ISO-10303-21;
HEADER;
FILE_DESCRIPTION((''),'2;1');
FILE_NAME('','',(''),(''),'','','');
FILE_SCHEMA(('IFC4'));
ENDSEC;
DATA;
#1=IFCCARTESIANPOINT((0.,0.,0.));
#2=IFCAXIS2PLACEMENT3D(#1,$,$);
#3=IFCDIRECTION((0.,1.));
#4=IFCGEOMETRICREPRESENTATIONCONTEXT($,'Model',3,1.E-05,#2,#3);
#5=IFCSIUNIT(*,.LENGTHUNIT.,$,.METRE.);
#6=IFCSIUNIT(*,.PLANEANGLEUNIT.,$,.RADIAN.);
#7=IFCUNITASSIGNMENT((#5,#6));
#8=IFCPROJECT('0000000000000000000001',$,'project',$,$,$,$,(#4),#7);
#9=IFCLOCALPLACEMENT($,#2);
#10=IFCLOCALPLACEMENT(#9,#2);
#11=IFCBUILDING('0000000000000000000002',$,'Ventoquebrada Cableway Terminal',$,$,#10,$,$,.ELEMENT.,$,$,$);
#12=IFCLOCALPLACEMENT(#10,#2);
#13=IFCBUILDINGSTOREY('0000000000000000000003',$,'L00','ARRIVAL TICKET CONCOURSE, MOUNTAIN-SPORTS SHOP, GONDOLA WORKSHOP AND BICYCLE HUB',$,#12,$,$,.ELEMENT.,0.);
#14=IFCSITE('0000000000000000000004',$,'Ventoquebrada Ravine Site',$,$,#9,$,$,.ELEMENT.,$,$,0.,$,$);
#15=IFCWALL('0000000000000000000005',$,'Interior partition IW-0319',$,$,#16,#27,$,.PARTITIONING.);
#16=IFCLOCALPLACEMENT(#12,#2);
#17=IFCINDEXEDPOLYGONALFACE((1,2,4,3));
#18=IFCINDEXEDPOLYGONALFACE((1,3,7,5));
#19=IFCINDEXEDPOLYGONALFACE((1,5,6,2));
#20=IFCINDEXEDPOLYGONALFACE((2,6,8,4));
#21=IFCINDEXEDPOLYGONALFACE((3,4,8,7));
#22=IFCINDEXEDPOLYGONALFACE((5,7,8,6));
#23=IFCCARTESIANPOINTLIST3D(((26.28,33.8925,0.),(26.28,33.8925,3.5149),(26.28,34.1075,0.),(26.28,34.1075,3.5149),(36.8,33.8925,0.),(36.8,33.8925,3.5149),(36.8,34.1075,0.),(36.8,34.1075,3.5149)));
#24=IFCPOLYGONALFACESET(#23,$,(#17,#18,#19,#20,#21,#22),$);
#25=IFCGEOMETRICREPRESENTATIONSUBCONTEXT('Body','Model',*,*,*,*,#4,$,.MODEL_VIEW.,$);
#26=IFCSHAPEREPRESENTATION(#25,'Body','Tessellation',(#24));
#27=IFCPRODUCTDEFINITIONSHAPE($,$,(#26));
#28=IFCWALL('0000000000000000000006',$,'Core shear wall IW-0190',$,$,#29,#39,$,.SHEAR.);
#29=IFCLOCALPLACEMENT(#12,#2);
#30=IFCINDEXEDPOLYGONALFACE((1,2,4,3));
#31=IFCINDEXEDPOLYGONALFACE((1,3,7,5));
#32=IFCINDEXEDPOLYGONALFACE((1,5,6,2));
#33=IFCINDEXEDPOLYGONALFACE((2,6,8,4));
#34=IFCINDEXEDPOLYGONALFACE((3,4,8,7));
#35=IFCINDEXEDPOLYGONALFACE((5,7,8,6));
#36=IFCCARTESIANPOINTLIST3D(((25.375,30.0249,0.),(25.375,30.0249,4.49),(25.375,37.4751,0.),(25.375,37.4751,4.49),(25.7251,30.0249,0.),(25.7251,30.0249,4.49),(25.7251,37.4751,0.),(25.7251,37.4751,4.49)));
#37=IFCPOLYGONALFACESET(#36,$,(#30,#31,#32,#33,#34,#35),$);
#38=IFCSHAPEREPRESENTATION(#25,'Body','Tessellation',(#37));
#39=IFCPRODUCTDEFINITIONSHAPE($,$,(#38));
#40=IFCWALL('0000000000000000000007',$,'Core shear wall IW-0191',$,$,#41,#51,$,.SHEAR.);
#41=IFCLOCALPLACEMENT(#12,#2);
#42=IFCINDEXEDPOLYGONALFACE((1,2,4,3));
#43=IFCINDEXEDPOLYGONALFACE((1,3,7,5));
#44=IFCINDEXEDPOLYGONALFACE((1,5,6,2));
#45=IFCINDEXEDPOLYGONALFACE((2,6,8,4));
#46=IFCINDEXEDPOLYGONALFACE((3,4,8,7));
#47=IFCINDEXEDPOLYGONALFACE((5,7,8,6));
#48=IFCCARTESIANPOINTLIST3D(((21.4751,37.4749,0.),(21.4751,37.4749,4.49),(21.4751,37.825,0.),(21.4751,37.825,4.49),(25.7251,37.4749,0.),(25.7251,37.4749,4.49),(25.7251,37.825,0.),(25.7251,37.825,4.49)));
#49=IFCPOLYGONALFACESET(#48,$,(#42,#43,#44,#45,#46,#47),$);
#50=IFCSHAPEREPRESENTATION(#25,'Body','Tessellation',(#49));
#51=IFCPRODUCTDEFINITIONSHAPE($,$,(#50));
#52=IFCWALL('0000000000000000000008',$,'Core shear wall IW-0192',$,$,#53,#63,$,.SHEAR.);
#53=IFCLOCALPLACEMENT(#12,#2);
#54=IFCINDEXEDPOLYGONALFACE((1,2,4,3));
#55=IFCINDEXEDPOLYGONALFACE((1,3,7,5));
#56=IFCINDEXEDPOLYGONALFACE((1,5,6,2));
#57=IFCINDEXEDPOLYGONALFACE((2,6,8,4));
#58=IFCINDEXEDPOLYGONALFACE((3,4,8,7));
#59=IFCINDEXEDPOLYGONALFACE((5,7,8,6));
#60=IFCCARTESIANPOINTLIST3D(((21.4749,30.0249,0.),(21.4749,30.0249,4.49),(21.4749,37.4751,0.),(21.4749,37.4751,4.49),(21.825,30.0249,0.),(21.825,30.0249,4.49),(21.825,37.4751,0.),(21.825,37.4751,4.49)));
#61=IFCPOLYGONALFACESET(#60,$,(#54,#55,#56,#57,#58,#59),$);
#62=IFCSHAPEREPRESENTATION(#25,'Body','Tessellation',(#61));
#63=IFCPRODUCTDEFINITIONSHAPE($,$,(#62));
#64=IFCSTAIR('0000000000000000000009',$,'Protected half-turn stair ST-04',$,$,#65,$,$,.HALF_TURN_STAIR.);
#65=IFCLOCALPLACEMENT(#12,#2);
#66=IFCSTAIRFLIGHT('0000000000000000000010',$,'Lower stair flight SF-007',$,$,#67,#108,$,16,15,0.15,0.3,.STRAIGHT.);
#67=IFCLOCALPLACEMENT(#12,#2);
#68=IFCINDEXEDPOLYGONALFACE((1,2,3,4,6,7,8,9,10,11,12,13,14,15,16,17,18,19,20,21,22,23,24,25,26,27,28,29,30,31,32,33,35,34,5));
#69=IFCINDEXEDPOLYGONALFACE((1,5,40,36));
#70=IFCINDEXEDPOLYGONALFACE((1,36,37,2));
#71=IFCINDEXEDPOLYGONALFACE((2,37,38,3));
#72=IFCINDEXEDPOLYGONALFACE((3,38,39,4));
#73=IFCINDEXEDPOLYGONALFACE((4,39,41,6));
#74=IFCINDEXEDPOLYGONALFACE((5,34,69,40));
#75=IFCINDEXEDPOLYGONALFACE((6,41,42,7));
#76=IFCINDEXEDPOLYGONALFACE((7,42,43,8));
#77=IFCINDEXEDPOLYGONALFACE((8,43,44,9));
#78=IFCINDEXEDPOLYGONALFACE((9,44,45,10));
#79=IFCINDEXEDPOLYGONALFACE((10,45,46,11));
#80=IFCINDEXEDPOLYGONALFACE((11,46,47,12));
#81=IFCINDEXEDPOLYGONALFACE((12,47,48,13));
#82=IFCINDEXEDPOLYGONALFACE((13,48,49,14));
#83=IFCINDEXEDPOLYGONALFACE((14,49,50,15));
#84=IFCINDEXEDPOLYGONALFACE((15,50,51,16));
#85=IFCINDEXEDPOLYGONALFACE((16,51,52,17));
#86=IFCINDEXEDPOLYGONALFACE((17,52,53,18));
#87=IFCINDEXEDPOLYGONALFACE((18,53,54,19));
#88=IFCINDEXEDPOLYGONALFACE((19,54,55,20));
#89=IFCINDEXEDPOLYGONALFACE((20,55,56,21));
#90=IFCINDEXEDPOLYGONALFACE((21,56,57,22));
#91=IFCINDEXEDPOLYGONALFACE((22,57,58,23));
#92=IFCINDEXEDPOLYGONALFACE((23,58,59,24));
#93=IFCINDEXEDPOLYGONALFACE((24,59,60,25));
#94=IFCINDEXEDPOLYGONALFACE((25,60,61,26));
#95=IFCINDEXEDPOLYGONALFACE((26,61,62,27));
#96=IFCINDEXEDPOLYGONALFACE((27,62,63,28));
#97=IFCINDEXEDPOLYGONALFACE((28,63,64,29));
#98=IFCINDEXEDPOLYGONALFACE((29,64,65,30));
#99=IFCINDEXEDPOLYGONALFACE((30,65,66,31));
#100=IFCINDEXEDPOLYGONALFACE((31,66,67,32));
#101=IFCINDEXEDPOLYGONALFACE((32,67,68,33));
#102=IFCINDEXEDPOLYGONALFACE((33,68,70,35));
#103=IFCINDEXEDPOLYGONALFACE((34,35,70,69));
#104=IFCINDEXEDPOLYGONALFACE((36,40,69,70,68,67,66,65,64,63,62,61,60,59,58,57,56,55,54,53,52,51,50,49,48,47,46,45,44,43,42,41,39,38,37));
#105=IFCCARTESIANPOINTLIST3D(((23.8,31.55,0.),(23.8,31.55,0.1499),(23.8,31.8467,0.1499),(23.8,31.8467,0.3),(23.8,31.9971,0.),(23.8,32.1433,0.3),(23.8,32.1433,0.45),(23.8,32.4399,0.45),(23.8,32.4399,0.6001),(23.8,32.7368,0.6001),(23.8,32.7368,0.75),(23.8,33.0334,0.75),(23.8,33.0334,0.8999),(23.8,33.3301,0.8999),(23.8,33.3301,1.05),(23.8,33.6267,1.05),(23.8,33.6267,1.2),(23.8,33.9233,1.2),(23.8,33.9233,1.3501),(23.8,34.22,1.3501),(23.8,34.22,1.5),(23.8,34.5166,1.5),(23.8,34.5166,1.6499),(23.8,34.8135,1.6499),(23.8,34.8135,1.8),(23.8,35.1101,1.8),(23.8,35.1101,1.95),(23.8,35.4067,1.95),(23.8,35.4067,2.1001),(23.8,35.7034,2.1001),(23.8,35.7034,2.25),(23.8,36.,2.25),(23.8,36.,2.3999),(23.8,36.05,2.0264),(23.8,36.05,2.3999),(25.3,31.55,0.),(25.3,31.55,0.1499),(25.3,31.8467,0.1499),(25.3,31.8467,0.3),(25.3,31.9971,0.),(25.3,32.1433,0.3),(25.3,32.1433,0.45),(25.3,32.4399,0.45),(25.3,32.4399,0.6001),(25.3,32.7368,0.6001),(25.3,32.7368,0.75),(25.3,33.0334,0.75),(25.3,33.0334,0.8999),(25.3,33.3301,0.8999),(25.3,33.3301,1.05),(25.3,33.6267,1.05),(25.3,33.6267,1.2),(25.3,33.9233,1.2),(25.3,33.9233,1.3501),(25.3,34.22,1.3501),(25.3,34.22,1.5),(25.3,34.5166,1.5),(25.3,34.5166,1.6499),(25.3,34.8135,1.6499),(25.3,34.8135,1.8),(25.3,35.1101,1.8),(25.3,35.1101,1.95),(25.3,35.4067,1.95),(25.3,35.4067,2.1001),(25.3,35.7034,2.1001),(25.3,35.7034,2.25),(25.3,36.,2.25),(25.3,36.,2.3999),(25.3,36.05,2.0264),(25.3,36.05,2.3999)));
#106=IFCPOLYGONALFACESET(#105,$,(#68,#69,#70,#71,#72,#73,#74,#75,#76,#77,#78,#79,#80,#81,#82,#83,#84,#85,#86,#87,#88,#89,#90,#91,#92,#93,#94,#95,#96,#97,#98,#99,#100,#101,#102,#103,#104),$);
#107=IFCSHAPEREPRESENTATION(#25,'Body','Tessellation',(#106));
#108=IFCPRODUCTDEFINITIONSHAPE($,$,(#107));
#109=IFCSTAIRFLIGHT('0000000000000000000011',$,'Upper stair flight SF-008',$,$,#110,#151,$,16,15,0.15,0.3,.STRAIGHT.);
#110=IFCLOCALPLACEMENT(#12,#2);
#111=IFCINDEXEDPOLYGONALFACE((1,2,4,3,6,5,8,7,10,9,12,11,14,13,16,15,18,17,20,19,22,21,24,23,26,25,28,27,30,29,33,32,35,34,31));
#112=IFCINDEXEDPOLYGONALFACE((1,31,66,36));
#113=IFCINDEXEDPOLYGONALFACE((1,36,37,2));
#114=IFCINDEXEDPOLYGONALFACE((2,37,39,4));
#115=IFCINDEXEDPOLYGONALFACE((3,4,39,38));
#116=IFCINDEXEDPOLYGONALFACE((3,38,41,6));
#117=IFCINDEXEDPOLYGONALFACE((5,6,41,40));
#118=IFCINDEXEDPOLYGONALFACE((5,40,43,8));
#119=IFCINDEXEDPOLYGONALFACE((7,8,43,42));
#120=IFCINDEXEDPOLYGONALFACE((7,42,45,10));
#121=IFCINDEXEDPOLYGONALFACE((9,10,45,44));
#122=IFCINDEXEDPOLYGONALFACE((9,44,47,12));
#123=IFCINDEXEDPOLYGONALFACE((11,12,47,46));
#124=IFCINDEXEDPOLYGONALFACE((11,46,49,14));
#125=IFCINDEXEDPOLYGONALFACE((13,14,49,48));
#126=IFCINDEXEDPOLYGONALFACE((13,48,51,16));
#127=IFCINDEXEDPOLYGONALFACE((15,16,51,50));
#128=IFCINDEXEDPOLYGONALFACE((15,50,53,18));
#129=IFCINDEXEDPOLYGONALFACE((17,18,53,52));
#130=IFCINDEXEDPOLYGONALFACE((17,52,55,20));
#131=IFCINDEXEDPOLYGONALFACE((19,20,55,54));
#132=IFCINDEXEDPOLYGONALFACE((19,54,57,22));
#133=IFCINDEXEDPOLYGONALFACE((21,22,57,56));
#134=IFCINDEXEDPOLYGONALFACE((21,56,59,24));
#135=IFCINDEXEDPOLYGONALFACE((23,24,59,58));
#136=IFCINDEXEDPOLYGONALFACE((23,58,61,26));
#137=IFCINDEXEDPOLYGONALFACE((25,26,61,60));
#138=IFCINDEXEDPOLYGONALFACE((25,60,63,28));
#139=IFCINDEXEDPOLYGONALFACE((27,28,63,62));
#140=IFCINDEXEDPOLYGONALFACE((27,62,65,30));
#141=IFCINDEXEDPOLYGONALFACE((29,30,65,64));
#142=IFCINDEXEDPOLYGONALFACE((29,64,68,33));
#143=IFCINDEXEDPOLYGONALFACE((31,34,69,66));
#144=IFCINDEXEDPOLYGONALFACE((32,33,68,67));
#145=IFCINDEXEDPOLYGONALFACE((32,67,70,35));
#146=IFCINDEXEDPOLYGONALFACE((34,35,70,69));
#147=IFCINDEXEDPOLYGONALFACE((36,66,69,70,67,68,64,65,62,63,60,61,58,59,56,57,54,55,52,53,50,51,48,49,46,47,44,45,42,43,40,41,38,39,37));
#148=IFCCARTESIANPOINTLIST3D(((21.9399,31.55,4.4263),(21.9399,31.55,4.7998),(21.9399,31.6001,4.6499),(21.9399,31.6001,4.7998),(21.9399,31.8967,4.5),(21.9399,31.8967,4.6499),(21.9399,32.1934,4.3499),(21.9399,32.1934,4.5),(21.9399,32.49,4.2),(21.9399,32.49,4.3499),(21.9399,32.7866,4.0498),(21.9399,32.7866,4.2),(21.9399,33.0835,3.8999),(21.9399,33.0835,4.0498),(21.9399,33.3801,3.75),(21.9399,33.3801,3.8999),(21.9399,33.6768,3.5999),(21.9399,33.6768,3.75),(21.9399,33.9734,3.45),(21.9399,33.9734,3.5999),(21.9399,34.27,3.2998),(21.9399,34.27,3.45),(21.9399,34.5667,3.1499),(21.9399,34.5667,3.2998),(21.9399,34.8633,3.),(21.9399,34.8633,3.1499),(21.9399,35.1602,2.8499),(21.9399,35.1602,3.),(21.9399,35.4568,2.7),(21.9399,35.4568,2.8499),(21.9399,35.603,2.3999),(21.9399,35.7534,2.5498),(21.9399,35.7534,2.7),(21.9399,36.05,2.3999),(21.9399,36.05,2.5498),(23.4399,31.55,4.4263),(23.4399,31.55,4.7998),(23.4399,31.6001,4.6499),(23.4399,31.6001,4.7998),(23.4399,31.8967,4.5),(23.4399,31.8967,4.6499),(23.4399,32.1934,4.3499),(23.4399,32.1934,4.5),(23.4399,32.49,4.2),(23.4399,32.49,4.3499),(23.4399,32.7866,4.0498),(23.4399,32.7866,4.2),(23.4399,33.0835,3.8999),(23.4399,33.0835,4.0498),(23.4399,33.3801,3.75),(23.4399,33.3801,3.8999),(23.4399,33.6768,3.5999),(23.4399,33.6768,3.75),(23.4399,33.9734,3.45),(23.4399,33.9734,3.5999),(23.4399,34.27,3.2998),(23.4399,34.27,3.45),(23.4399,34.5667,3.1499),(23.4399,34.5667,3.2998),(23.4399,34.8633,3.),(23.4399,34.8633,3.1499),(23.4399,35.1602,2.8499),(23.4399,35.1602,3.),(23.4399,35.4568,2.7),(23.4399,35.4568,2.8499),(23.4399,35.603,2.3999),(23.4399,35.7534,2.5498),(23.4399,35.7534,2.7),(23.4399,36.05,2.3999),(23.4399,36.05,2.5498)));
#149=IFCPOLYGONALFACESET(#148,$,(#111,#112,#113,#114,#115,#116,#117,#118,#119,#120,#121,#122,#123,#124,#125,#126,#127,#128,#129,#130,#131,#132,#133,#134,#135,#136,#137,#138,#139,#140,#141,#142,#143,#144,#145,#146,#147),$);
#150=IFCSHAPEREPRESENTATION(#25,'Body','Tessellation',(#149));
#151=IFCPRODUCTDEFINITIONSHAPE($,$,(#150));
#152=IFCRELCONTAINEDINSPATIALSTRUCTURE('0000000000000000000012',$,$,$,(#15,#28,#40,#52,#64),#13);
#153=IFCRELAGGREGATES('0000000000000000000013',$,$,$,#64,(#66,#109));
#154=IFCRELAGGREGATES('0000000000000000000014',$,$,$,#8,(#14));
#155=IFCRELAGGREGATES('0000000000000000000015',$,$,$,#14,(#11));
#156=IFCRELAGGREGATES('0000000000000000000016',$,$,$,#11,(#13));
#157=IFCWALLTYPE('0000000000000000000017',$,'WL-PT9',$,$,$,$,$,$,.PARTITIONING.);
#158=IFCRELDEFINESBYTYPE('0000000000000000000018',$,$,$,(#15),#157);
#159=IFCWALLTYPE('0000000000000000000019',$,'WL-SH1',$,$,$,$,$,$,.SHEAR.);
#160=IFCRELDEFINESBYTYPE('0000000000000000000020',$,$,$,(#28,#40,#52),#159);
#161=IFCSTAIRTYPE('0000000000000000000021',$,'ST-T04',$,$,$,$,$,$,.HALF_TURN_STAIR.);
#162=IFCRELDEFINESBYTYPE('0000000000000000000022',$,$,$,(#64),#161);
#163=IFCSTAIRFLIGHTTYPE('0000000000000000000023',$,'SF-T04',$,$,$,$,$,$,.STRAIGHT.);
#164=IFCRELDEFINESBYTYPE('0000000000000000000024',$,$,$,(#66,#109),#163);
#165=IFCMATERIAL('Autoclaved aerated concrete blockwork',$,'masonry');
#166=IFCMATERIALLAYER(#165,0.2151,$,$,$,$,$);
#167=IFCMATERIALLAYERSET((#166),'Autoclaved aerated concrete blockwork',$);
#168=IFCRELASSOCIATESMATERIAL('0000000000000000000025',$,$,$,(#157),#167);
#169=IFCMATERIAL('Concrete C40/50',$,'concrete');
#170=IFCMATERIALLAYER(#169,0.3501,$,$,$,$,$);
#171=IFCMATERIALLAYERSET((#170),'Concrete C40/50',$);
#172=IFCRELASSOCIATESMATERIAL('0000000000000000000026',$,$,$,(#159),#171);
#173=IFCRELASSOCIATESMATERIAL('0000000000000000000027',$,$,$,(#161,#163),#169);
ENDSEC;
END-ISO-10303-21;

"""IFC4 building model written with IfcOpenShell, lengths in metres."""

from ifc_helpers import new_model, si_unit, direction, frame, frame_2d, origin, place, context, subcontext, project, spatial, polyline, rectangle, outline, extrude, material, layer, layer_set, type_object, element, aggregate, save


model = new_model("IFC4")

# Units and contexts
model_context = context("Model", 3, precision=1e-05, world=origin(), true_north=direction((0.0, 1.0)))
body_context = subcontext(model_context, "Body", "Model", "MODEL_VIEW")
ifc_project = project(units=[si_unit("LENGTHUNIT", "METRE"), si_unit("PLANEANGLEUNIT", "RADIAN")], contexts=[model_context])

# Site, building, storey
site_placement = place(None, origin())
site = spatial("IfcSite", under=ifc_project, at=site_placement, Name="Ventoquebrada Ravine Site", CompositionType="ELEMENT", RefElevation=0.0)
building_placement = place(site_placement, origin())
building = spatial("IfcBuilding", under=site, at=building_placement, Name="Ventoquebrada Cableway Terminal", CompositionType="ELEMENT")
storey_placement = place(building_placement, origin())
storey = spatial("IfcBuildingStorey", under=building, at=storey_placement, Name="L00", Description="ARRIVAL TICKET CONCOURSE, MOUNTAIN-SPORTS SHOP, GONDOLA WORKSHOP AND BICYCLE HUB", CompositionType="ELEMENT", Elevation=0.0)

# Shared definitions
ifc_material_1 = material(Name="Concrete C40/50", Category="concrete")

# Shared definitions
ifc_material_2 = material(Name="Autoclaved aerated concrete blockwork", Category="masonry")

# Walls
ifc_layer_1 = layer(ifc_material_2, 0.2151)
ifc_layer_set_1 = layer_set([ifc_layer_1], Name="Autoclaved aerated concrete blockwork")
wall_type_1 = type_object("IfcWallType", Name="WL-PT9", PredefinedType="PARTITIONING", material=ifc_layer_set_1)
wall_1_placement = place(storey_placement, frame((26.28, 34.0, 0.0), z_axis=(0.0, 0.0, 1.0), x_axis=(1.0, 0.0, 0.0)))
element("IfcWall", 1, at=wall_1_placement, inside=storey, type_object=wall_type_1, Name="Interior partition IW-0319", PredefinedType="PARTITIONING", context=body_context, shape_type="SweptSolid", body=[
    extrude(rectangle(XDim=10.52, YDim=0.2151, at=frame_2d((5.26, 0.0))), origin(), (0.0, 0.0, 1.0), 3.5149),
])
ifc_layer_2 = layer(ifc_material_1, 0.3501)
ifc_layer_set_2 = layer_set([ifc_layer_2], Name="Concrete C40/50")
wall_type_2 = type_object("IfcWallType", Name="WL-SH1", PredefinedType="SHEAR", material=ifc_layer_set_2)
wall_2_placement = place(storey_placement, frame((25.55, 30.0249, 0.0), z_axis=(0.0, 0.0, 1.0), x_axis=(0.0, 1.0, 0.0)))
element("IfcWall", 2, at=wall_2_placement, inside=storey, type_object=wall_type_2, Name="Core shear wall IW-0190", PredefinedType="SHEAR", context=body_context, shape_type="SweptSolid", body=[
    extrude(rectangle(XDim=7.4502, YDim=0.3501, at=frame_2d((3.7251, 0.0))), origin(), (0.0, 0.0, 1.0), 4.49),
])
wall_3_placement = place(storey_placement, frame((25.7251, 37.6499, 0.0), z_axis=(0.0, 0.0, 1.0), x_axis=(-1.0, 0.0, 0.0)))
element("IfcWall", 3, at=wall_3_placement, inside=storey, type_object=wall_type_2, Name="Core shear wall IW-0191", PredefinedType="SHEAR", context=body_context, shape_type="SweptSolid", body=[
    extrude(rectangle(XDim=4.25, YDim=0.3501, at=frame_2d((2.125, 0.0))), origin(), (0.0, 0.0, 1.0), 4.49),
])
wall_4_placement = place(storey_placement, frame((21.6499, 37.4751, 0.0), z_axis=(0.0, 0.0, 1.0), x_axis=(0.0, -1.0, 0.0)))
element("IfcWall", 4, at=wall_4_placement, inside=storey, type_object=wall_type_2, Name="Core shear wall IW-0192", PredefinedType="SHEAR", context=body_context, shape_type="SweptSolid", body=[
    extrude(rectangle(XDim=7.4502, YDim=0.3501, at=frame_2d((3.7251, 0.0))), origin(), (0.0, 0.0, 1.0), 4.49),
])

# Stair, stair flights
stair_type = type_object("IfcStairType", Name="ST-T04", PredefinedType="HALF_TURN_STAIR", material=ifc_material_1)
stair_placement = place(storey_placement, origin())
stair = element("IfcStair", 5, at=stair_placement, inside=storey, type_object=stair_type, Name="Protected half-turn stair ST-04", PredefinedType="HALF_TURN_STAIR")
stair_flight_type = type_object("IfcStairFlightType", Name="SF-T04", PredefinedType="STRAIGHT", material=ifc_material_1)
stair_flight_1_placement = place(storey_placement, frame((24.55, 31.55, 0.0), z_axis=(0.0, 0.0, 1.0), x_axis=(0.0, 1.0, 0.0)))
stair_flight_1 = element("IfcStairFlight", 6, at=stair_flight_1_placement, type_object=stair_flight_type, Name="Lower stair flight SF-007", NumberOfRisers=16, NumberOfTreads=15, PredefinedType="STRAIGHT", RiserHeight=0.15, TreadLength=0.3, context=body_context, shape_type="SweptSolid", body=[
    extrude(outline(polyline([(0.0, 0.0), (0.0, 0.1499), (0.2966, 0.1499), (0.2966, 0.3), (0.5933, 0.3), (0.5933, 0.45), (0.8899, 0.45), (0.8899, 0.6001), (1.1868, 0.6001), (1.1868, 0.75), (1.4834, 0.75), (1.4834, 0.8999), (1.78, 0.8999), (1.78, 1.05), (2.0767, 1.05), (2.0767, 1.2), (2.3733, 1.2), (2.3733, 1.3501), (2.6699, 1.3501), (2.6699, 1.5), (2.9666, 1.5), (2.9666, 1.6499), (3.2634, 1.6499), (3.2634, 1.8), (3.5601, 1.8), (3.5601, 1.95), (3.8567, 1.95), (3.8567, 2.1001), (4.1533, 2.1001), (4.1533, 2.25), (4.45, 2.25), (4.45, 2.3999), (4.5, 2.3999), (4.5, 2.0264), (0.447, 0.0), (0.0, 0.0)])), frame((0.0, 0.75, 0.0), z_axis=(0.0, -1.0, 0.0), x_axis=(1.0, 0.0, 0.0)), (0.0, 0.0, 1.0), 1.5),
])
stair_flight_2_placement = place(storey_placement, frame((22.6899, 36.05, 2.3999), z_axis=(0.0, 0.0, 1.0), x_axis=(0.0, -1.0, 0.0)))
stair_flight_2 = element("IfcStairFlight", 7, at=stair_flight_2_placement, type_object=stair_flight_type, Name="Upper stair flight SF-008", NumberOfRisers=16, NumberOfTreads=15, PredefinedType="STRAIGHT", RiserHeight=0.15, TreadLength=0.3, context=body_context, shape_type="SweptSolid", body=[
    extrude(outline(polyline([(0.0, 0.0), (0.0, 0.1499), (0.2966, 0.1499), (0.2966, 0.3), (0.5933, 0.3), (0.5933, 0.45), (0.8899, 0.45), (0.8899, 0.6001), (1.1868, 0.6001), (1.1868, 0.75), (1.4834, 0.75), (1.4834, 0.8999), (1.78, 0.8999), (1.78, 1.05), (2.0767, 1.05), (2.0767, 1.2), (2.3733, 1.2), (2.3733, 1.3501), (2.6699, 1.3501), (2.6699, 1.5), (2.9666, 1.5), (2.9666, 1.6499), (3.2634, 1.6499), (3.2634, 1.8), (3.5601, 1.8), (3.5601, 1.95), (3.8567, 1.95), (3.8567, 2.1001), (4.1533, 2.1001), (4.1533, 2.25), (4.45, 2.25), (4.45, 2.3999), (4.5, 2.3999), (4.5, 2.0264), (0.447, 0.0), (0.0, 0.0)])), frame((0.0, 0.75, 0.0), z_axis=(0.0, -1.0, 0.0), x_axis=(1.0, 0.0, 0.0)), (0.0, 0.0, 1.0), 1.5),
])
aggregate(stair, [stair_flight_1, stair_flight_2])

save(model, "model.ifc")
